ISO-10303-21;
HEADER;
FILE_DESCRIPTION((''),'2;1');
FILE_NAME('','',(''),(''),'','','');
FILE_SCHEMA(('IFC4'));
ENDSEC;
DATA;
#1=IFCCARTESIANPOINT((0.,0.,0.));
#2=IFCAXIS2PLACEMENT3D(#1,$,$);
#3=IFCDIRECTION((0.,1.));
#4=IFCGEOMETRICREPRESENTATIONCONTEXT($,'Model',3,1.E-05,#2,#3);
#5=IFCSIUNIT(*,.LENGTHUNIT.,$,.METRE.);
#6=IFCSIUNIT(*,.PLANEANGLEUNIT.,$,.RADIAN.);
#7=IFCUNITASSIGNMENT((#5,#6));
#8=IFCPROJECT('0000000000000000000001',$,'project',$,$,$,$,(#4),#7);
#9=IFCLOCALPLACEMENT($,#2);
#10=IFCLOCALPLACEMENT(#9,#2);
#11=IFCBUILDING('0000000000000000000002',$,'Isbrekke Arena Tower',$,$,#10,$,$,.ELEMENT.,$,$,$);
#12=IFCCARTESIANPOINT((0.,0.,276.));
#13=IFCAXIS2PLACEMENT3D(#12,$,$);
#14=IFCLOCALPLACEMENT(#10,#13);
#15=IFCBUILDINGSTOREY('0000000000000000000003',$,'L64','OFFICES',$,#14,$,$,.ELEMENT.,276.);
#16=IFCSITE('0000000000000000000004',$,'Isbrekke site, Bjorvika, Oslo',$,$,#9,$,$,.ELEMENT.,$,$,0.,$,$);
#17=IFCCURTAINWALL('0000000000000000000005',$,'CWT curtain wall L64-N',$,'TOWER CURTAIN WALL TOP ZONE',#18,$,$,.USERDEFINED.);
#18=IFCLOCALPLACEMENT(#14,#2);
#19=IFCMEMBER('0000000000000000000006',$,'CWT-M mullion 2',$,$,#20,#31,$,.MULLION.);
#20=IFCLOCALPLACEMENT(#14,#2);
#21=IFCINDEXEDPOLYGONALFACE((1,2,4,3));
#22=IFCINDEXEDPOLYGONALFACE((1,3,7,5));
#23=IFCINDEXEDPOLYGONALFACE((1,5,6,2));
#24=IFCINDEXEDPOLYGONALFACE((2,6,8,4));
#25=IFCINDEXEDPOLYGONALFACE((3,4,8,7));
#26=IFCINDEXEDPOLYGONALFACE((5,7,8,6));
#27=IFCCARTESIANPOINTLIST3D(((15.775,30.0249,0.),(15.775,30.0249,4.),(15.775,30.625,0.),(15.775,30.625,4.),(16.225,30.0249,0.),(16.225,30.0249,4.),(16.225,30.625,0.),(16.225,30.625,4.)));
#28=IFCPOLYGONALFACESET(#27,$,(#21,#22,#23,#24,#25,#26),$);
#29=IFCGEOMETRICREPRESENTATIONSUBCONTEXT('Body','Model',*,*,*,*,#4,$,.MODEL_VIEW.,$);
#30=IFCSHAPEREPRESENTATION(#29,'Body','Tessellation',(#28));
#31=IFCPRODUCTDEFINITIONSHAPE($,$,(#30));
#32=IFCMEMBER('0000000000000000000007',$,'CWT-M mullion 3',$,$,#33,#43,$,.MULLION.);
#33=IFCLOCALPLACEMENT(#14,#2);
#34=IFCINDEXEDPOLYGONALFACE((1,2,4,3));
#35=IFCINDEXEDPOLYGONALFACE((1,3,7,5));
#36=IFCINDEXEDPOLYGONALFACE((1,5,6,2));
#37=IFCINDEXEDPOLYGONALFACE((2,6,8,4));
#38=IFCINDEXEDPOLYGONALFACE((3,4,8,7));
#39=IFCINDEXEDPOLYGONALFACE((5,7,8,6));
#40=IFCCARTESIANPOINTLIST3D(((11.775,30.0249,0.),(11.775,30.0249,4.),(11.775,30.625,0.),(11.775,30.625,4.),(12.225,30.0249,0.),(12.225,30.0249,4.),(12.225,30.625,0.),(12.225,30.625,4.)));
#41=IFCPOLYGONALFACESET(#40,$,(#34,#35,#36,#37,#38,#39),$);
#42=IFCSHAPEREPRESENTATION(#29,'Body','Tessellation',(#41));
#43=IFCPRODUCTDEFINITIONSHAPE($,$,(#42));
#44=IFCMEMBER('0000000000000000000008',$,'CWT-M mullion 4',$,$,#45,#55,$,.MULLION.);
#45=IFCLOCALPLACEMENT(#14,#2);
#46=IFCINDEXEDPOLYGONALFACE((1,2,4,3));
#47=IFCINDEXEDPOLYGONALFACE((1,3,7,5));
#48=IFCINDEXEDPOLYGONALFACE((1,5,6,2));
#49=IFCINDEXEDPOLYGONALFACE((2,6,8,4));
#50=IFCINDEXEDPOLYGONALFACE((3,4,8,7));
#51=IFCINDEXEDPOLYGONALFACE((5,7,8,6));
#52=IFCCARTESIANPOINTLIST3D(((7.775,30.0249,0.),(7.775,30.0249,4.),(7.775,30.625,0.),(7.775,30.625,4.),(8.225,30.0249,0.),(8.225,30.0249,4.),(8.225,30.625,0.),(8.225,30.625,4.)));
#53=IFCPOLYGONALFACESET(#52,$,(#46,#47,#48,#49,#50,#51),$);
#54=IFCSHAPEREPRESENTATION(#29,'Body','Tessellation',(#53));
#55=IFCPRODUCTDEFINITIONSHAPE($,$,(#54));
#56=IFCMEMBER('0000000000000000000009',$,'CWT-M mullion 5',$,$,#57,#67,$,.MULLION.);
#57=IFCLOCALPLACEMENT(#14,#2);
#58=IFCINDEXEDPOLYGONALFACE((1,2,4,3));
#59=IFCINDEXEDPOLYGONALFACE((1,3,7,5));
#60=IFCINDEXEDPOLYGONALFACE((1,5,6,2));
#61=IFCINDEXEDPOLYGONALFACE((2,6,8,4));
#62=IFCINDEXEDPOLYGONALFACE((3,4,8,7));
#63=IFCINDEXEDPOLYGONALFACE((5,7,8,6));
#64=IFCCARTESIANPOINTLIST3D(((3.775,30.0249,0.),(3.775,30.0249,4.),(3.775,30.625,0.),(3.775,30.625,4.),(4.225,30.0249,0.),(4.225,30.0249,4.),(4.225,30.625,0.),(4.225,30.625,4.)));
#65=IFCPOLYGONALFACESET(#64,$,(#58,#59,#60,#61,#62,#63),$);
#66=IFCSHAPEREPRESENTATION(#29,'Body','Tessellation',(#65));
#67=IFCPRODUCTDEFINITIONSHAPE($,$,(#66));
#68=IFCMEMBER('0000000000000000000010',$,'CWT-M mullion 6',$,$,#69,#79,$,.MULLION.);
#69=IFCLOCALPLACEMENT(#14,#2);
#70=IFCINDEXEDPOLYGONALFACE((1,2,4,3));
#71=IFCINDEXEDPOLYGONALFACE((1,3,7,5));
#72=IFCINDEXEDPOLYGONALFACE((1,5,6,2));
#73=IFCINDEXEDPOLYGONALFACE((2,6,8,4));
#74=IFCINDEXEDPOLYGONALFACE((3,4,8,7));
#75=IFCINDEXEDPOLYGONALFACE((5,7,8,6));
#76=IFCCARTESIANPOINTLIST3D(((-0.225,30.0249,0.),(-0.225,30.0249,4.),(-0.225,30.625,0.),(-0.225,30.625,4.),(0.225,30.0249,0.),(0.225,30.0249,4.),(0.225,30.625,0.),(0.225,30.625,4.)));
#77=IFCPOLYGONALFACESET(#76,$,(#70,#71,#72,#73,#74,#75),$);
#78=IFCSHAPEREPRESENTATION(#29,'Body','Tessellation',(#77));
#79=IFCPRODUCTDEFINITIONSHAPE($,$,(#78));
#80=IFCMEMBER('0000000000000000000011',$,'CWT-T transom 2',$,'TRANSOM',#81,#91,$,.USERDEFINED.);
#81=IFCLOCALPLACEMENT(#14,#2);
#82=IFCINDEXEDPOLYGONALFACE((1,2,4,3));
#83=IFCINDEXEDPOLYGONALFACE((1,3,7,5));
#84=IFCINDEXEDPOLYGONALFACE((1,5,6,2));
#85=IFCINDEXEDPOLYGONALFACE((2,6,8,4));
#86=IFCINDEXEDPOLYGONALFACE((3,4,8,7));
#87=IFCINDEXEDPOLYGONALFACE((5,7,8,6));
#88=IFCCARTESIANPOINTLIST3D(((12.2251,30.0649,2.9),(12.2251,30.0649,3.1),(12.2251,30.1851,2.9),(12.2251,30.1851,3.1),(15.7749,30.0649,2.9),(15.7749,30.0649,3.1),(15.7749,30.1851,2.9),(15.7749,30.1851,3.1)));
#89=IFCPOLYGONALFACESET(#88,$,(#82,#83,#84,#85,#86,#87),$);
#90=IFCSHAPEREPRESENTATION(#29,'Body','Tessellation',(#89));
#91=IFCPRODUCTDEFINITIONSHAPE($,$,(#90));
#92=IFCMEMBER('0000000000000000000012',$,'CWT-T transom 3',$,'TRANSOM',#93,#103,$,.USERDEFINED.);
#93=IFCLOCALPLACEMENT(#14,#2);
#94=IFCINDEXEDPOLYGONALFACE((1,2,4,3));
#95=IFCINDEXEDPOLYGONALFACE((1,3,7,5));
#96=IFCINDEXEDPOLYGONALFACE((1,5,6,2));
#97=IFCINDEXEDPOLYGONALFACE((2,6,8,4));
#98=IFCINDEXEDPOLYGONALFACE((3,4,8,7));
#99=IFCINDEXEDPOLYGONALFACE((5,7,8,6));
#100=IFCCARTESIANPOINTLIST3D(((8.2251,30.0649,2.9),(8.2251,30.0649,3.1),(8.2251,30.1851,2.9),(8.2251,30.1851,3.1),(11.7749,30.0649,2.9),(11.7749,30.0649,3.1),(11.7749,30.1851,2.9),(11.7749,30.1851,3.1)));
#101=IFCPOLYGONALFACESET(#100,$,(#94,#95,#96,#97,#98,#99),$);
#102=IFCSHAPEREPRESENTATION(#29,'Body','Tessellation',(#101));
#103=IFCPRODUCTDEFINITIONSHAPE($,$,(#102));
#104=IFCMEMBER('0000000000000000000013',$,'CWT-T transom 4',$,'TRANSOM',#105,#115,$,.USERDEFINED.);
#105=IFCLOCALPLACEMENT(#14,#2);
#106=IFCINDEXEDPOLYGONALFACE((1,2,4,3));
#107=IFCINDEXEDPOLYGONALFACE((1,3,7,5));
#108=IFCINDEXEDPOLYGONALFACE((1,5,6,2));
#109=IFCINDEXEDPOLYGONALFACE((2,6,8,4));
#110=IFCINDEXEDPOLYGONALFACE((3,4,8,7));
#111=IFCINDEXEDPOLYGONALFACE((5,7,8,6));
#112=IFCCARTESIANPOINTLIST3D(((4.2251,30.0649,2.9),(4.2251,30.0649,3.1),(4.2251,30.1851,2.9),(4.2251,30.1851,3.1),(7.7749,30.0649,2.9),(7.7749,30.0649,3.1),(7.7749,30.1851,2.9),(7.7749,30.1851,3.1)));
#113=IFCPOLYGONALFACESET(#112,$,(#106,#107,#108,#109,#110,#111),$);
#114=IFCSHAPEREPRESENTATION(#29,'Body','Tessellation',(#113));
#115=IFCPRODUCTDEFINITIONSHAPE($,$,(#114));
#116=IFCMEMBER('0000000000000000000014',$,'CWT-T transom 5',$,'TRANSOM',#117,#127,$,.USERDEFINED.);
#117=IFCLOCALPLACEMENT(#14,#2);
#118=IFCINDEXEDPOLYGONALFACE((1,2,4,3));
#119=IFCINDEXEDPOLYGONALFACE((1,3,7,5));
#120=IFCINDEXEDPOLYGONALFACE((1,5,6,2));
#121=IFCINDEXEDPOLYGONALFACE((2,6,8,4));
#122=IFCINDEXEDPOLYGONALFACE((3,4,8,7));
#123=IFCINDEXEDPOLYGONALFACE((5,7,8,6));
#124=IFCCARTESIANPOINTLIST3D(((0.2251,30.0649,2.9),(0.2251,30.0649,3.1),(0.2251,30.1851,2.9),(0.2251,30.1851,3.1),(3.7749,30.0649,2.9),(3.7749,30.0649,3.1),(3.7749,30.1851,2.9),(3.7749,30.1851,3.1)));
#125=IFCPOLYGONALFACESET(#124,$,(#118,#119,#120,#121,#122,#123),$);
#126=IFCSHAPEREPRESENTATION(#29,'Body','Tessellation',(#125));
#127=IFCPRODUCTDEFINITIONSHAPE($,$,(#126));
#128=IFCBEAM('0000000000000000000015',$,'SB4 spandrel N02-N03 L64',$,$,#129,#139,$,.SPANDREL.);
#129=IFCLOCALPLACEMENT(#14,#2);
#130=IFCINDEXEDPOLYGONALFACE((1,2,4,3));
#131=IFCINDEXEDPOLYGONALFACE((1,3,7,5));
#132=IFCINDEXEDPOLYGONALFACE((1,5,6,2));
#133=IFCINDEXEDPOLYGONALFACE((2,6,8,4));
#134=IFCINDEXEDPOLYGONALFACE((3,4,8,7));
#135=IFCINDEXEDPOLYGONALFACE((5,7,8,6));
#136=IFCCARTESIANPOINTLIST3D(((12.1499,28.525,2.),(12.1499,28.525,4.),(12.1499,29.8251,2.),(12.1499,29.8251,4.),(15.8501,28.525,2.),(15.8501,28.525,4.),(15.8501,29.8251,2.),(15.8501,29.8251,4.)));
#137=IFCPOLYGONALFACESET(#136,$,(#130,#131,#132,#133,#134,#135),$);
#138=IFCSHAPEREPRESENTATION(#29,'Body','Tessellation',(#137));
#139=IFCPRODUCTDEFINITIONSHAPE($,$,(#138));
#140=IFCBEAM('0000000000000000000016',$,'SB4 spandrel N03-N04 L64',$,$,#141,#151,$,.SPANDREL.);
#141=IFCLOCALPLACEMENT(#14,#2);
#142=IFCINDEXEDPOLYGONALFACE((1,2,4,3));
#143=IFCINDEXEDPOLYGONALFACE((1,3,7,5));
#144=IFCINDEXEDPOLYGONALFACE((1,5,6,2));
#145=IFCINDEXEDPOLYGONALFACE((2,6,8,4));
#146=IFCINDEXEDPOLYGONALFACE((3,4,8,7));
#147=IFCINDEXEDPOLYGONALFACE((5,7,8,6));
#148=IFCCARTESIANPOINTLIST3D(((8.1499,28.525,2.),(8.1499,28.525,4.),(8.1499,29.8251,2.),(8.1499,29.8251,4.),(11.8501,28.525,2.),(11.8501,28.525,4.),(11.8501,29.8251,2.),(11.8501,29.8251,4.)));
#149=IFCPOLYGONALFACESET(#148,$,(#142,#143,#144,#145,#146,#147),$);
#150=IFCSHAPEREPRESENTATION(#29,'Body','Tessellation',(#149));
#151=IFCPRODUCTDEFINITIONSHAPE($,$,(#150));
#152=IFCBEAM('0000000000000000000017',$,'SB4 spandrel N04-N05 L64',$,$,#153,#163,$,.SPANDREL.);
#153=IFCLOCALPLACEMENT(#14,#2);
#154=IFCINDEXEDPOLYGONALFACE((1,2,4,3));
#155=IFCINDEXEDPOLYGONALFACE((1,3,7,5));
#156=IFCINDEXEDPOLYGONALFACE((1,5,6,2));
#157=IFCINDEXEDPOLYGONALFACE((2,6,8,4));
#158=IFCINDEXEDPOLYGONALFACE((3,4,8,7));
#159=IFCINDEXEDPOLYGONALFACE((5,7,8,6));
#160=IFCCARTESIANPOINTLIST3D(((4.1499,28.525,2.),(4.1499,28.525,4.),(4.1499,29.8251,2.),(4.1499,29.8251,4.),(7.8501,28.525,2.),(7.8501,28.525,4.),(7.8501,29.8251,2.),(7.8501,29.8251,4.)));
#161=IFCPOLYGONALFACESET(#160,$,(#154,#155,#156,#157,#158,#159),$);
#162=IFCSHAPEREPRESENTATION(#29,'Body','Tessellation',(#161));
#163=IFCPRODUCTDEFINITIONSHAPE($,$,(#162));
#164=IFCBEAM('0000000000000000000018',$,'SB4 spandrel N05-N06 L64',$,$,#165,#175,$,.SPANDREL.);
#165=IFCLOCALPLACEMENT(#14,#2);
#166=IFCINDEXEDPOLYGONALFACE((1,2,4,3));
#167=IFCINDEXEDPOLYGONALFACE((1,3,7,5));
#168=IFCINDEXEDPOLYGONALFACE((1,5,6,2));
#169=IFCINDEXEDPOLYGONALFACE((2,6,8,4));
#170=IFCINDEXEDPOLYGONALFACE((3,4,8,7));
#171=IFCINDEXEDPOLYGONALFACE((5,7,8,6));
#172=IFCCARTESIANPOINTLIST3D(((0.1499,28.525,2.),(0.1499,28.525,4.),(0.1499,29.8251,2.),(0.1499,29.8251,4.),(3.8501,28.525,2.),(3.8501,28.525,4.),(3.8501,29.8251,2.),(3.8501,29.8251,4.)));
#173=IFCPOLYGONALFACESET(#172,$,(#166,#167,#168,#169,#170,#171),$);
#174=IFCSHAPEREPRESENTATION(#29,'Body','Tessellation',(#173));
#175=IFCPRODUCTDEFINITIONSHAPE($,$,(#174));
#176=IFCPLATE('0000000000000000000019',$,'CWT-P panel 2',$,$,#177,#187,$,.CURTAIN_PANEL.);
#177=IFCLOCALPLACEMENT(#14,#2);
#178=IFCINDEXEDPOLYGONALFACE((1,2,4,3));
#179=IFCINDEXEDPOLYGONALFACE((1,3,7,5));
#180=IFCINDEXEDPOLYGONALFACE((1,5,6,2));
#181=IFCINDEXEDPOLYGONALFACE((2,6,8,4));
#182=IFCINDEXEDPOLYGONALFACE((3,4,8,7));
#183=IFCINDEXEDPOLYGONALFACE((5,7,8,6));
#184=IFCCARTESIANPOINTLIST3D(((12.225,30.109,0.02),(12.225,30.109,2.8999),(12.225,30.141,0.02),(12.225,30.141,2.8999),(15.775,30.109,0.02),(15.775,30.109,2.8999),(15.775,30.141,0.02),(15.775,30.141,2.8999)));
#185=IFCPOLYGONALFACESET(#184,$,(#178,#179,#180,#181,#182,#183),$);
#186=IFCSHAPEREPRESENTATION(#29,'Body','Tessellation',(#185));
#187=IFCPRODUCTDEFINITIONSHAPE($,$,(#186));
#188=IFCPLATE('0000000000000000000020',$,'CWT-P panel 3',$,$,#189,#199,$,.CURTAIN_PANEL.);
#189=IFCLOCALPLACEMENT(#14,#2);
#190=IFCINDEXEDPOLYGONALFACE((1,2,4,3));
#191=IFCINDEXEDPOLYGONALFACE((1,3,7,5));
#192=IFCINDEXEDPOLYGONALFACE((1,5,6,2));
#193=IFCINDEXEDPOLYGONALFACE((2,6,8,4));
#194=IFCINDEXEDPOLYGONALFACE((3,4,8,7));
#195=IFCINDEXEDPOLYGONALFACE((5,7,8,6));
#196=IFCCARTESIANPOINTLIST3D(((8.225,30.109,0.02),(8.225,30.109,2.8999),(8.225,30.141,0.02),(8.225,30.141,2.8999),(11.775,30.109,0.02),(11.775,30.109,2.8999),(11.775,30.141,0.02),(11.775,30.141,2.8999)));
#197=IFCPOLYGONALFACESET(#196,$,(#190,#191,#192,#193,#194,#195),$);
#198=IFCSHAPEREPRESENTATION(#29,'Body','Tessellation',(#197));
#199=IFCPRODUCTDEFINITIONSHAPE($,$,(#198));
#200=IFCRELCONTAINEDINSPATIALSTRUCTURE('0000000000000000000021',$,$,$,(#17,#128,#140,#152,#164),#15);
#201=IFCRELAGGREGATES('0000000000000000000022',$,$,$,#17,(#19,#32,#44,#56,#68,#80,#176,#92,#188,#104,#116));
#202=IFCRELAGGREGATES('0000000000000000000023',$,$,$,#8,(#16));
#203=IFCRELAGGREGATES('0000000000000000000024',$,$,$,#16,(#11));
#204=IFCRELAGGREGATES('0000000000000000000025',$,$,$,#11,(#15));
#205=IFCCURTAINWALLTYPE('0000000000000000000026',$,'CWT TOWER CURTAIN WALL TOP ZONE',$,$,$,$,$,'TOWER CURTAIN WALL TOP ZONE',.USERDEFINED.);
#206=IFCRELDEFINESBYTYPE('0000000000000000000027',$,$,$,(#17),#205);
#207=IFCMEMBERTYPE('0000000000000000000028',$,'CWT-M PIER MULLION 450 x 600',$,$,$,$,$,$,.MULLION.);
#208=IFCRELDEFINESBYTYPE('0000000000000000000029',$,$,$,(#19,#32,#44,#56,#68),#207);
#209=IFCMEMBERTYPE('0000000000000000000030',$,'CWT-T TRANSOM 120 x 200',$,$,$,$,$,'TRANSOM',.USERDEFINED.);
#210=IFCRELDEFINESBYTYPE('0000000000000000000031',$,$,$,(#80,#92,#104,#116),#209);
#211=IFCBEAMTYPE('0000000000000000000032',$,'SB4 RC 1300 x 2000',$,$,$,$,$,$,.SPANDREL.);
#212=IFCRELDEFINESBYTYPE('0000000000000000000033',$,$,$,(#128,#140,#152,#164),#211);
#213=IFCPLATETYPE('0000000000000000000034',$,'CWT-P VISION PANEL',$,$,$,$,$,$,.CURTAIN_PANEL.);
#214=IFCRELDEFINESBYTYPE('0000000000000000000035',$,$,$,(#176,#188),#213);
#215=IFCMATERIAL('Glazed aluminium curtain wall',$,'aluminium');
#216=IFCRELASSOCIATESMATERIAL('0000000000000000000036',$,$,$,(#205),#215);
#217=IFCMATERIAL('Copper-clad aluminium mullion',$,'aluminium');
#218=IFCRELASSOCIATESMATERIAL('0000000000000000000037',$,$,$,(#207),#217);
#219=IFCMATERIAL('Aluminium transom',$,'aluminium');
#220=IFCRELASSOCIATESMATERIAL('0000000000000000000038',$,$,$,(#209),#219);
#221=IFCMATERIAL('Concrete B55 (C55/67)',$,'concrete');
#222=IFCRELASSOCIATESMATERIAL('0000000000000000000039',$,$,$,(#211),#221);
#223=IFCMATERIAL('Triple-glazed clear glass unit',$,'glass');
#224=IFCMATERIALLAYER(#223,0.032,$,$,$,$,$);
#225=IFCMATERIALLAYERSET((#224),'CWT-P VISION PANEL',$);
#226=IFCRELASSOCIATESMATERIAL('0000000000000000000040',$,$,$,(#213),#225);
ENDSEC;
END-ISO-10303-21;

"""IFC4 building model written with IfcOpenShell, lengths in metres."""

from ifc_helpers import new_model, si_unit, direction, frame, origin, origin_2d, place, context, subcontext, project, spatial, rectangle, extrude, material, layer, layer_set, material_profile, profile_set, type_object, element, aggregate, save


model = new_model("IFC4")

# Units and contexts
model_context = context("Model", 3, precision=1e-05, world=origin(), true_north=direction((0.0, 1.0)))
body_context = subcontext(model_context, "Body", "Model", "MODEL_VIEW")
ifc_project = project(units=[si_unit("LENGTHUNIT", "METRE"), si_unit("PLANEANGLEUNIT", "RADIAN")], contexts=[model_context])

# Site, building, storey
site_placement = place(None, origin())
site = spatial("IfcSite", under=ifc_project, at=site_placement, Name="Isbrekke site, Bjorvika, Oslo", CompositionType="ELEMENT", RefElevation=0.0)
building_placement = place(site_placement, origin())
building = spatial("IfcBuilding", under=site, at=building_placement, Name="Isbrekke Arena Tower", CompositionType="ELEMENT")
storey_placement = place(building_placement, frame((0.0, 0.0, 276.0)))
storey = spatial("IfcBuildingStorey", under=building, at=storey_placement, Name="L64", Description="OFFICES", CompositionType="ELEMENT", Elevation=276.0)

# Curtain wall, members
ifc_material_1 = material(Name="Glazed aluminium curtain wall", Category="aluminium")
curtain_wall_type = type_object("IfcCurtainWallType", Name="CWT TOWER CURTAIN WALL TOP ZONE", ElementType="TOWER CURTAIN WALL TOP ZONE", PredefinedType="USERDEFINED", material=ifc_material_1)
curtain_wall_placement = place(storey_placement, origin())
curtain_wall = element("IfcCurtainWall", 1, at=curtain_wall_placement, inside=storey, type_object=curtain_wall_type, Name="CWT curtain wall L64-N", ObjectType="TOWER CURTAIN WALL TOP ZONE", PredefinedType="USERDEFINED")
ifc_material_2 = material(Name="Copper-clad aluminium mullion", Category="aluminium")
ifc_material_profile_1 = material_profile(ifc_material_2, rectangle(XDim=0.45, YDim=0.6001, at=origin_2d()), Name="PIER 450X600")
ifc_profile_set_1 = profile_set([ifc_material_profile_1], Name="Copper-clad aluminium mullion")
member_type_1 = type_object("IfcMemberType", Name="CWT-M PIER MULLION 450 x 600", PredefinedType="MULLION", material=ifc_profile_set_1)
member_1_placement = place(storey_placement, frame((16.0, 30.325, 0.0), z_axis=(0.0, 0.0, 1.0), x_axis=(-1.0, 0.0, 0.0)))
member_1 = element("IfcMember", 2, at=member_1_placement, type_object=member_type_1, Name="CWT-M mullion 2", PredefinedType="MULLION", context=body_context, shape_type="SweptSolid", body=[
    extrude(rectangle(XDim=0.45, YDim=0.6001, at=origin_2d()), origin(), (0.0, 0.0, 1.0), 4.0),
])
member_2_placement = place(storey_placement, frame((12.0, 30.325, 0.0), z_axis=(0.0, 0.0, 1.0), x_axis=(-1.0, 0.0, 0.0)))
member_2 = element("IfcMember", 3, at=member_2_placement, type_object=member_type_1, Name="CWT-M mullion 3", PredefinedType="MULLION", context=body_context, shape_type="SweptSolid", body=[
    extrude(rectangle(XDim=0.45, YDim=0.6001, at=origin_2d()), origin(), (0.0, 0.0, 1.0), 4.0),
])
member_3_placement = place(storey_placement, frame((8.0, 30.325, 0.0), z_axis=(0.0, 0.0, 1.0), x_axis=(-1.0, 0.0, 0.0)))
member_3 = element("IfcMember", 4, at=member_3_placement, type_object=member_type_1, Name="CWT-M mullion 4", PredefinedType="MULLION", context=body_context, shape_type="SweptSolid", body=[
    extrude(rectangle(XDim=0.45, YDim=0.6001, at=origin_2d()), origin(), (0.0, 0.0, 1.0), 4.0),
])
member_4_placement = place(storey_placement, frame((4.0, 30.325, 0.0), z_axis=(0.0, 0.0, 1.0), x_axis=(-1.0, 0.0, 0.0)))
member_4 = element("IfcMember", 5, at=member_4_placement, type_object=member_type_1, Name="CWT-M mullion 5", PredefinedType="MULLION", context=body_context, shape_type="SweptSolid", body=[
    extrude(rectangle(XDim=0.45, YDim=0.6001, at=origin_2d()), origin(), (0.0, 0.0, 1.0), 4.0),
])
member_5_placement = place(storey_placement, frame((0.0, 30.325, 0.0), z_axis=(0.0, 0.0, 1.0), x_axis=(-1.0, 0.0, 0.0)))
member_5 = element("IfcMember", 6, at=member_5_placement, type_object=member_type_1, Name="CWT-M mullion 6", PredefinedType="MULLION", context=body_context, shape_type="SweptSolid", body=[
    extrude(rectangle(XDim=0.45, YDim=0.6001, at=origin_2d()), origin(), (0.0, 0.0, 1.0), 4.0),
])
ifc_material_3 = material(Name="Aluminium transom", Category="aluminium")
ifc_material_profile_2 = material_profile(ifc_material_3, rectangle(XDim=0.1201, YDim=0.2, at=origin_2d()), Name="TRANSOM 120X200")
ifc_profile_set_2 = profile_set([ifc_material_profile_2], Name="Aluminium transom")
member_type_2 = type_object("IfcMemberType", Name="CWT-T TRANSOM 120 x 200", ElementType="TRANSOM", PredefinedType="USERDEFINED", material=ifc_profile_set_2)
member_6_placement = place(storey_placement, frame((15.7749, 30.125, 3.0), z_axis=(-1.0, 0.0, 0.0), x_axis=(0.0, -1.0, 0.0)))
member_6 = element("IfcMember", 7, at=member_6_placement, type_object=member_type_2, Name="CWT-T transom 2", ObjectType="TRANSOM", PredefinedType="USERDEFINED", context=body_context, shape_type="SweptSolid", body=[
    extrude(rectangle(XDim=0.1201, YDim=0.2, at=origin_2d()), origin(), (0.0, 0.0, 1.0), 3.5498),
])
member_7_placement = place(storey_placement, frame((11.7749, 30.125, 3.0), z_axis=(-1.0, 0.0, 0.0), x_axis=(0.0, -1.0, 0.0)))
member_7 = element("IfcMember", 8, at=member_7_placement, type_object=member_type_2, Name="CWT-T transom 3", ObjectType="TRANSOM", PredefinedType="USERDEFINED", context=body_context, shape_type="SweptSolid", body=[
    extrude(rectangle(XDim=0.1201, YDim=0.2, at=origin_2d()), origin(), (0.0, 0.0, 1.0), 3.5498),
])
member_8_placement = place(storey_placement, frame((7.7749, 30.125, 3.0), z_axis=(-1.0, 0.0, 0.0), x_axis=(0.0, -1.0, 0.0)))
member_8 = element("IfcMember", 9, at=member_8_placement, type_object=member_type_2, Name="CWT-T transom 4", ObjectType="TRANSOM", PredefinedType="USERDEFINED", context=body_context, shape_type="SweptSolid", body=[
    extrude(rectangle(XDim=0.1201, YDim=0.2, at=origin_2d()), origin(), (0.0, 0.0, 1.0), 3.5498),
])
member_9_placement = place(storey_placement, frame((3.7749, 30.125, 3.0), z_axis=(-1.0, 0.0, 0.0), x_axis=(0.0, -1.0, 0.0)))
member_9 = element("IfcMember", 10, at=member_9_placement, type_object=member_type_2, Name="CWT-T transom 5", ObjectType="TRANSOM", PredefinedType="USERDEFINED", context=body_context, shape_type="SweptSolid", body=[
    extrude(rectangle(XDim=0.1201, YDim=0.2, at=origin_2d()), origin(), (0.0, 0.0, 1.0), 3.5498),
])

# Beams
ifc_material_4 = material(Name="Concrete B55 (C55/67)", Category="concrete")
ifc_material_profile_3 = material_profile(ifc_material_4, rectangle(XDim=1.3, YDim=2.0, at=origin_2d()), Name="RC 1300x2000")
ifc_profile_set_3 = profile_set([ifc_material_profile_3], Name="Concrete B55 (C55/67)")
beam_type_1 = type_object("IfcBeamType", Name="SB4 RC 1300 x 2000", PredefinedType="SPANDREL", material=ifc_profile_set_3)
for number, where, z_axis, x_axis, name in (
    (11, (15.8501, 29.175, 3.0), (-1.0, 0.0, 0.0), (0.0, -1.0, 0.0), "SB4 spandrel N02-N03 L64"),
    (12, (11.8501, 29.175, 3.0), (-1.0, 0.0, 0.0), (0.0, -1.0, 0.0), "SB4 spandrel N03-N04 L64"),
    (13, (7.8501, 29.175, 3.0), (-1.0, 0.0, 0.0), (0.0, -1.0, 0.0), "SB4 spandrel N04-N05 L64"),
    (14, (3.8501, 29.175, 3.0), (-1.0, 0.0, 0.0), (0.0, -1.0, 0.0), "SB4 spandrel N05-N06 L64"),
):
    element("IfcBeam", number, at=place(storey_placement, frame(where, z_axis=z_axis, x_axis=x_axis)), inside=storey, type_object=beam_type_1, Name=name, PredefinedType="SPANDREL", context=body_context, shape_type="SweptSolid", body=[
        extrude(rectangle(XDim=1.3, YDim=2.0, at=origin_2d()), origin(), (0.0, 0.0, 1.0), 3.7002),
    ])

# Plates
ifc_material_5 = material(Name="Triple-glazed clear glass unit", Category="glass")
ifc_layer = layer(ifc_material_5, 0.032)
ifc_layer_set = layer_set([ifc_layer], Name="CWT-P VISION PANEL")
plate_type = type_object("IfcPlateType", Name="CWT-P VISION PANEL", PredefinedType="CURTAIN_PANEL", material=ifc_layer_set)
plate_1_placement = place(storey_placement, frame((14.0, 30.125, 0.02), z_axis=(0.0, 0.0, 1.0), x_axis=(-1.0, 0.0, 0.0)))
plate_1 = element("IfcPlate", 15, at=plate_1_placement, type_object=plate_type, Name="CWT-P panel 2", PredefinedType="CURTAIN_PANEL", context=body_context, shape_type="SweptSolid", body=[
    extrude(rectangle(XDim=3.55, YDim=0.032, at=origin_2d()), origin(), (0.0, 0.0, 1.0), 2.8799),
])
plate_2_placement = place(storey_placement, frame((10.0, 30.125, 0.02), z_axis=(0.0, 0.0, 1.0), x_axis=(-1.0, 0.0, 0.0)))
plate_2 = element("IfcPlate", 16, at=plate_2_placement, type_object=plate_type, Name="CWT-P panel 3", PredefinedType="CURTAIN_PANEL", context=body_context, shape_type="SweptSolid", body=[
    extrude(rectangle(XDim=3.55, YDim=0.032, at=origin_2d()), origin(), (0.0, 0.0, 1.0), 2.8799),
])
aggregate(curtain_wall, [member_1, member_2, member_3, member_4, member_5, member_6, plate_1, member_7, plate_2, member_8, member_9])

save(model, "model.ifc")
